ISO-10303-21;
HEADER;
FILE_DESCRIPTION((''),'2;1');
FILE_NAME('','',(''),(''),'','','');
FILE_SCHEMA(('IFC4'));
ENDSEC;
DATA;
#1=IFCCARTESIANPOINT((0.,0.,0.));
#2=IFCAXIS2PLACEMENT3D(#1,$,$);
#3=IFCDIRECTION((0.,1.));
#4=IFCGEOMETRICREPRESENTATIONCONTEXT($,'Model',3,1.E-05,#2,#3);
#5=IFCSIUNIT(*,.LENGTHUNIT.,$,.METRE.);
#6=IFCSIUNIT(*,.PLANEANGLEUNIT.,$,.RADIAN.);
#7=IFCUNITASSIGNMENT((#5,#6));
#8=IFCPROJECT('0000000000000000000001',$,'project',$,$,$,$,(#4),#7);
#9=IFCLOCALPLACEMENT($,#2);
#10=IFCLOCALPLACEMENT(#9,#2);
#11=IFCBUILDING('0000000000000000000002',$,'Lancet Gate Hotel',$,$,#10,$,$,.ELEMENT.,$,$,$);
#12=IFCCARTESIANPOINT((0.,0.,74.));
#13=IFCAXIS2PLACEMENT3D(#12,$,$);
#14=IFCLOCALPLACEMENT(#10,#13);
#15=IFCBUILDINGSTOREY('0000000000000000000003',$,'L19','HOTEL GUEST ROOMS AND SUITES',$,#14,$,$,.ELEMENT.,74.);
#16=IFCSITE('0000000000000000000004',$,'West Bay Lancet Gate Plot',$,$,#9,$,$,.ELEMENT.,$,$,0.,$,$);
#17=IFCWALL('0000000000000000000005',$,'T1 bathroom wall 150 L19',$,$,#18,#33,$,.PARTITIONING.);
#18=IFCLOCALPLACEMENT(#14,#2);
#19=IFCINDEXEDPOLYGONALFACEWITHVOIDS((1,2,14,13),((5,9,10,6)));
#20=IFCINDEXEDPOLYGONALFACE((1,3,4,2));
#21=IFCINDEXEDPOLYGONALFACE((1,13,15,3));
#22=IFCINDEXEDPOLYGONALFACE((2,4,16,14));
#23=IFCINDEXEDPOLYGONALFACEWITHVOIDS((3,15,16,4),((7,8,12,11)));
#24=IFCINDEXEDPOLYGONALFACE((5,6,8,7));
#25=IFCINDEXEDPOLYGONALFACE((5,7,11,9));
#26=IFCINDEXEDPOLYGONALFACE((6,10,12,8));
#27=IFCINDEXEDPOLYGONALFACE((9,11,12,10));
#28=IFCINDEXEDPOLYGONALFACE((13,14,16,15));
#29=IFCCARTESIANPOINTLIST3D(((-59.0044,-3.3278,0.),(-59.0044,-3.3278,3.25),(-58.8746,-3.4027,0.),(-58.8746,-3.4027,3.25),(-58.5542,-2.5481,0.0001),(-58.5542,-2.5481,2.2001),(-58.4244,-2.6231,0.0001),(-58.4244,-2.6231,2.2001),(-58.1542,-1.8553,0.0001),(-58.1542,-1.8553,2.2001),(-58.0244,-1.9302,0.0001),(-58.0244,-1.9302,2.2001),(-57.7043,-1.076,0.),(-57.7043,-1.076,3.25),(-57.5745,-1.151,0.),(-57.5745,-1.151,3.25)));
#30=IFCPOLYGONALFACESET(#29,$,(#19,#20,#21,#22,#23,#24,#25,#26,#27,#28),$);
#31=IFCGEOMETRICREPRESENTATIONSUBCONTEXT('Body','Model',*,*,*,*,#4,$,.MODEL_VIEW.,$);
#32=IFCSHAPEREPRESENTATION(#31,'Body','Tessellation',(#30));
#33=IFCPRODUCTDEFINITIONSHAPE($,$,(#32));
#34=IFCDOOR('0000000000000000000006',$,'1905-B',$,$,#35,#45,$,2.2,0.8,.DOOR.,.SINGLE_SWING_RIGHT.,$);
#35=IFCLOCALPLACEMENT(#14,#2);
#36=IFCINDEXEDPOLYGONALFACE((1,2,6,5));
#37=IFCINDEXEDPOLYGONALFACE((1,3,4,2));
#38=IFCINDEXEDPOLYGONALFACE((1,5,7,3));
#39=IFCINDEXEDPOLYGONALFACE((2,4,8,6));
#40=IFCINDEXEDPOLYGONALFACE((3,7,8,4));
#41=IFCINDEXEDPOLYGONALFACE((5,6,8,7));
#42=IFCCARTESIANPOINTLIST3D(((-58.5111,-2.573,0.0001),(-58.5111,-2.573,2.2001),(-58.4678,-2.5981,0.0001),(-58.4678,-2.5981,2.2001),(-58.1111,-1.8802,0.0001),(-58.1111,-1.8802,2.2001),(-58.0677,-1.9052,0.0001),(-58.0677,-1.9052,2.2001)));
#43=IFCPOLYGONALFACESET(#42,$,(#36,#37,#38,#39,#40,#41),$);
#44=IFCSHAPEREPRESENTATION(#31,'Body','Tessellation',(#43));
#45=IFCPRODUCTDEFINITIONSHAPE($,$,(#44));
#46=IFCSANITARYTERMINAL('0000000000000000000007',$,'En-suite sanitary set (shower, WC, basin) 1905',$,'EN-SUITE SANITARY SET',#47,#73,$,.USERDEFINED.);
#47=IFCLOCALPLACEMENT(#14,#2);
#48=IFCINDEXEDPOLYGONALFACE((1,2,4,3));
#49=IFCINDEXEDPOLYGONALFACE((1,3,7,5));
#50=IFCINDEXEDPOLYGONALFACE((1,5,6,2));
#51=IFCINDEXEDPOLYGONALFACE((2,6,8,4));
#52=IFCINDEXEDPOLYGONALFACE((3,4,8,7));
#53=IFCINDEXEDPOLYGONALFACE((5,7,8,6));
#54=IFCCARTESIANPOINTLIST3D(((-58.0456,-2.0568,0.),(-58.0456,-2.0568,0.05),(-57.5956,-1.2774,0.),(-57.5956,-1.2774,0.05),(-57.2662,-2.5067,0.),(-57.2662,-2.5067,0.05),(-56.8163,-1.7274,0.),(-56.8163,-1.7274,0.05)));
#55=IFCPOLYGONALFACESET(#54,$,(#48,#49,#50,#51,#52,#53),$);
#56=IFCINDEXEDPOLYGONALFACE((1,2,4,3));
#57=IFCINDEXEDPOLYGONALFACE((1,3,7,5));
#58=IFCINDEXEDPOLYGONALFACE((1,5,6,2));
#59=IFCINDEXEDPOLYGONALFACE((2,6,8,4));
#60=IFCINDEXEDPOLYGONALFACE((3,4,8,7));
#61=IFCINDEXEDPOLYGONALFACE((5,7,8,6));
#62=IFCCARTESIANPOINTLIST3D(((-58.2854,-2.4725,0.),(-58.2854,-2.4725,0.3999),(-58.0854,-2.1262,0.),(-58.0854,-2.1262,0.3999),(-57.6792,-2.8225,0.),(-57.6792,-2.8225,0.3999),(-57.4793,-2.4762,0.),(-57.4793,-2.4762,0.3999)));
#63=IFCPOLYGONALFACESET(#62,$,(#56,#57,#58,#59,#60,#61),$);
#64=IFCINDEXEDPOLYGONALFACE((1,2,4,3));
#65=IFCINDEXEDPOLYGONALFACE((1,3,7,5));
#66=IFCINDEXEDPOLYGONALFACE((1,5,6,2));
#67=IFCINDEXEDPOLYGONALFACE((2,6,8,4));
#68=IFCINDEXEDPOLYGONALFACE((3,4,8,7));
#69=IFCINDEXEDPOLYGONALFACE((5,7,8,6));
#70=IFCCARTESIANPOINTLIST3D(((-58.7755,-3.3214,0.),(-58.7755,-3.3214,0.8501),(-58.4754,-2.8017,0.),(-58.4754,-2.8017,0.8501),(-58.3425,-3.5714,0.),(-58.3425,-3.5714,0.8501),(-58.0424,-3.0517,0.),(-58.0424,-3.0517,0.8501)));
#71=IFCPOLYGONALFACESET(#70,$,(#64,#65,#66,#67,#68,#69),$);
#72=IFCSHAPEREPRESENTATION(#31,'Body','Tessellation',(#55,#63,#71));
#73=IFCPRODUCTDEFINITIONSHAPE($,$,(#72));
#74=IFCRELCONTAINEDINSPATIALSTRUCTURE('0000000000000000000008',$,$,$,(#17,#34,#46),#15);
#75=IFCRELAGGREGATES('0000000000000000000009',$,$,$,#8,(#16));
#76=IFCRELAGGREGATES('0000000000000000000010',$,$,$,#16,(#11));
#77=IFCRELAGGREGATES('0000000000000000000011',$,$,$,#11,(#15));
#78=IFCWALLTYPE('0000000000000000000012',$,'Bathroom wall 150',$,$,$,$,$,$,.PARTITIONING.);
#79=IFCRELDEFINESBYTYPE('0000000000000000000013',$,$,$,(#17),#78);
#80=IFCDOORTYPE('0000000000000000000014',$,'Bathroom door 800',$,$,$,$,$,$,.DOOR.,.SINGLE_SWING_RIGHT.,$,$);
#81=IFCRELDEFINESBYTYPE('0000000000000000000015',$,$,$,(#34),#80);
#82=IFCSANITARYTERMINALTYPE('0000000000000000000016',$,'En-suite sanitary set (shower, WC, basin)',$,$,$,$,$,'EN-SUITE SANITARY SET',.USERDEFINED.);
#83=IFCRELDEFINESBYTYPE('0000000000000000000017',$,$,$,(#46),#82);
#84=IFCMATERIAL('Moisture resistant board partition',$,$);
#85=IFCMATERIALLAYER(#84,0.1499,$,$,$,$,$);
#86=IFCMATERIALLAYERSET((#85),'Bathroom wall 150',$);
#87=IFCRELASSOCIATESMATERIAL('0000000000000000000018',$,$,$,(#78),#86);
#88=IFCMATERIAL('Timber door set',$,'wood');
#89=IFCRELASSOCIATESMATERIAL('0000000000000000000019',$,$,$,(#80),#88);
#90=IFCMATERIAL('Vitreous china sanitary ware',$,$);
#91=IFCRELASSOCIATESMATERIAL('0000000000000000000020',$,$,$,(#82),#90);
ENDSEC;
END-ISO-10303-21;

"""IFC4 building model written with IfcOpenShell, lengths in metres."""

from ifc_helpers import new_model, si_unit, direction, frame, frame_2d, origin, origin_2d, place, context, subcontext, project, spatial, rectangle, extrude, material, layer, layer_set, type_object, element, fill, save


model = new_model("IFC4")

# Units and contexts
model_context = context("Model", 3, precision=1e-05, world=origin(), true_north=direction((0.0, 1.0)))
body_context = subcontext(model_context, "Body", "Model", "MODEL_VIEW")
ifc_project = project(units=[si_unit("LENGTHUNIT", "METRE"), si_unit("PLANEANGLEUNIT", "RADIAN")], contexts=[model_context])

# Site, building, storey
site_placement = place(None, origin())
site = spatial("IfcSite", under=ifc_project, at=site_placement, Name="West Bay Lancet Gate Plot", CompositionType="ELEMENT", RefElevation=0.0)
building_placement = place(site_placement, origin())
building = spatial("IfcBuilding", under=site, at=building_placement, Name="Lancet Gate Hotel", CompositionType="ELEMENT")
storey_placement = place(building_placement, frame((0.0, 0.0, 74.0)))
storey = spatial("IfcBuildingStorey", under=building, at=storey_placement, Name="L19", Description="HOTEL GUEST ROOMS AND SUITES", CompositionType="ELEMENT", Elevation=74.0)

# Shared definitions
ifc_material_1 = material(Name="Moisture resistant board partition")
ifc_layer_1 = layer(ifc_material_1, 0.1499)
ifc_layer_set_1 = layer_set([ifc_layer_1], Name="Bathroom wall 150")
wall_type = type_object("IfcWallType", Name="Bathroom wall 150", PredefinedType="PARTITIONING", material=ifc_layer_set_1)

# Wall, opening, door
wall_1_placement = place(storey_placement, frame((-57.6394, -1.1135, 0.0), z_axis=(0.0, 0.0, 1.0), x_axis=(-0.500007, -0.866021, 0.0)))
wall_1 = element("IfcWall", 1, at=wall_1_placement, inside=storey, type_object=wall_type, Name="T1 bathroom wall 150 L19", PredefinedType="PARTITIONING", context=body_context, shape_type="SweptSolid", body=[
    extrude(rectangle(XDim=2.6001, YDim=0.1499, at=frame_2d((1.3, 0.0))), origin(), (0.0, 0.0, 1.0), 3.25),
])
opening_placement = place(wall_1_placement, frame((0.8999, 0.0, 0.0)))
opening = element("IfcOpeningElement", 2, at=opening_placement, cuts=wall_1, PredefinedType="OPENING", context=body_context, shape_type="SweptSolid", body=[
    extrude(rectangle(XDim=0.8, YDim=2.2, at=frame_2d((0.3999, 1.1001))), frame((0.0, 0.085, 0.0), z_axis=(0.0, -1.0, 0.0), x_axis=(1.0, 0.0, 0.0)), (0.0, 0.0, 1.0), 0.1699),
])
ifc_material_2 = material(Name="Timber door set", Category="wood")
door_type = type_object("IfcDoorType", Name="Bathroom door 800", OperationType="SINGLE_SWING_RIGHT", PredefinedType="DOOR", material=ifc_material_2)
door_placement = place(opening_placement, origin())
door = element("IfcDoor", 3, at=door_placement, inside=storey, type_object=door_type, Name="1905-B", OperationType="SINGLE_SWING_RIGHT", OverallHeight=2.2, OverallWidth=0.8, PredefinedType="DOOR", context=body_context, shape_type="SweptSolid", body=[
    extrude(rectangle(XDim=0.8, YDim=2.2, at=frame_2d((0.3999, 1.1001))), frame((0.0, 0.0249, 0.0), z_axis=(0.0, -1.0, 0.0), x_axis=(1.0, 0.0, 0.0)), (0.0, 0.0, 1.0), 0.05),
])
fill(opening, door)

# Sanitary terminal
ifc_material_3 = material(Name="Vitreous china sanitary ware")
sanitary_terminal_type = type_object("IfcSanitaryTerminalType", Name="En-suite sanitary set (shower, WC, basin)", ElementType="EN-SUITE SANITARY SET", PredefinedType="USERDEFINED", material=ifc_material_3)
sanitary_terminal_placement = place(storey_placement, frame((-57.4309, -1.8921, 0.0), z_axis=(0.0, 0.0, 1.0), x_axis=(1.0, 0.0, 0.0)))
element("IfcSanitaryTerminal", 4, at=sanitary_terminal_placement, inside=storey, type_object=sanitary_terminal_type, Name="En-suite sanitary set (shower, WC, basin) 1905", ObjectType="EN-SUITE SANITARY SET", PredefinedType="USERDEFINED", context=body_context, shape_type="SweptSolid", body=[
    extrude(rectangle(XDim=0.8999, YDim=0.8999, at=origin_2d()), frame((0.0, 0.0, 0.0), z_axis=(0.0, 0.0, 1.0), x_axis=(0.5, 0.866025, 0.0)), (0.0, 0.0, 1.0), 0.05),
    extrude(rectangle(XDim=0.3999, YDim=0.7, at=origin_2d()), frame((-0.4514, -0.5823, 0.0), z_axis=(0.0, 0.0, 1.0), x_axis=(0.5, 0.866025, 0.0)), (0.0, 0.0, 1.0), 0.3999),
    extrude(rectangle(XDim=0.6001, YDim=0.5, at=origin_2d()), frame((-0.978, -1.2944, 0.0), z_axis=(0.0, 0.0, 1.0), x_axis=(0.5, 0.866025, 0.0)), (0.0, 0.0, 1.0), 0.8501),
])

save(model, "model.ifc")
